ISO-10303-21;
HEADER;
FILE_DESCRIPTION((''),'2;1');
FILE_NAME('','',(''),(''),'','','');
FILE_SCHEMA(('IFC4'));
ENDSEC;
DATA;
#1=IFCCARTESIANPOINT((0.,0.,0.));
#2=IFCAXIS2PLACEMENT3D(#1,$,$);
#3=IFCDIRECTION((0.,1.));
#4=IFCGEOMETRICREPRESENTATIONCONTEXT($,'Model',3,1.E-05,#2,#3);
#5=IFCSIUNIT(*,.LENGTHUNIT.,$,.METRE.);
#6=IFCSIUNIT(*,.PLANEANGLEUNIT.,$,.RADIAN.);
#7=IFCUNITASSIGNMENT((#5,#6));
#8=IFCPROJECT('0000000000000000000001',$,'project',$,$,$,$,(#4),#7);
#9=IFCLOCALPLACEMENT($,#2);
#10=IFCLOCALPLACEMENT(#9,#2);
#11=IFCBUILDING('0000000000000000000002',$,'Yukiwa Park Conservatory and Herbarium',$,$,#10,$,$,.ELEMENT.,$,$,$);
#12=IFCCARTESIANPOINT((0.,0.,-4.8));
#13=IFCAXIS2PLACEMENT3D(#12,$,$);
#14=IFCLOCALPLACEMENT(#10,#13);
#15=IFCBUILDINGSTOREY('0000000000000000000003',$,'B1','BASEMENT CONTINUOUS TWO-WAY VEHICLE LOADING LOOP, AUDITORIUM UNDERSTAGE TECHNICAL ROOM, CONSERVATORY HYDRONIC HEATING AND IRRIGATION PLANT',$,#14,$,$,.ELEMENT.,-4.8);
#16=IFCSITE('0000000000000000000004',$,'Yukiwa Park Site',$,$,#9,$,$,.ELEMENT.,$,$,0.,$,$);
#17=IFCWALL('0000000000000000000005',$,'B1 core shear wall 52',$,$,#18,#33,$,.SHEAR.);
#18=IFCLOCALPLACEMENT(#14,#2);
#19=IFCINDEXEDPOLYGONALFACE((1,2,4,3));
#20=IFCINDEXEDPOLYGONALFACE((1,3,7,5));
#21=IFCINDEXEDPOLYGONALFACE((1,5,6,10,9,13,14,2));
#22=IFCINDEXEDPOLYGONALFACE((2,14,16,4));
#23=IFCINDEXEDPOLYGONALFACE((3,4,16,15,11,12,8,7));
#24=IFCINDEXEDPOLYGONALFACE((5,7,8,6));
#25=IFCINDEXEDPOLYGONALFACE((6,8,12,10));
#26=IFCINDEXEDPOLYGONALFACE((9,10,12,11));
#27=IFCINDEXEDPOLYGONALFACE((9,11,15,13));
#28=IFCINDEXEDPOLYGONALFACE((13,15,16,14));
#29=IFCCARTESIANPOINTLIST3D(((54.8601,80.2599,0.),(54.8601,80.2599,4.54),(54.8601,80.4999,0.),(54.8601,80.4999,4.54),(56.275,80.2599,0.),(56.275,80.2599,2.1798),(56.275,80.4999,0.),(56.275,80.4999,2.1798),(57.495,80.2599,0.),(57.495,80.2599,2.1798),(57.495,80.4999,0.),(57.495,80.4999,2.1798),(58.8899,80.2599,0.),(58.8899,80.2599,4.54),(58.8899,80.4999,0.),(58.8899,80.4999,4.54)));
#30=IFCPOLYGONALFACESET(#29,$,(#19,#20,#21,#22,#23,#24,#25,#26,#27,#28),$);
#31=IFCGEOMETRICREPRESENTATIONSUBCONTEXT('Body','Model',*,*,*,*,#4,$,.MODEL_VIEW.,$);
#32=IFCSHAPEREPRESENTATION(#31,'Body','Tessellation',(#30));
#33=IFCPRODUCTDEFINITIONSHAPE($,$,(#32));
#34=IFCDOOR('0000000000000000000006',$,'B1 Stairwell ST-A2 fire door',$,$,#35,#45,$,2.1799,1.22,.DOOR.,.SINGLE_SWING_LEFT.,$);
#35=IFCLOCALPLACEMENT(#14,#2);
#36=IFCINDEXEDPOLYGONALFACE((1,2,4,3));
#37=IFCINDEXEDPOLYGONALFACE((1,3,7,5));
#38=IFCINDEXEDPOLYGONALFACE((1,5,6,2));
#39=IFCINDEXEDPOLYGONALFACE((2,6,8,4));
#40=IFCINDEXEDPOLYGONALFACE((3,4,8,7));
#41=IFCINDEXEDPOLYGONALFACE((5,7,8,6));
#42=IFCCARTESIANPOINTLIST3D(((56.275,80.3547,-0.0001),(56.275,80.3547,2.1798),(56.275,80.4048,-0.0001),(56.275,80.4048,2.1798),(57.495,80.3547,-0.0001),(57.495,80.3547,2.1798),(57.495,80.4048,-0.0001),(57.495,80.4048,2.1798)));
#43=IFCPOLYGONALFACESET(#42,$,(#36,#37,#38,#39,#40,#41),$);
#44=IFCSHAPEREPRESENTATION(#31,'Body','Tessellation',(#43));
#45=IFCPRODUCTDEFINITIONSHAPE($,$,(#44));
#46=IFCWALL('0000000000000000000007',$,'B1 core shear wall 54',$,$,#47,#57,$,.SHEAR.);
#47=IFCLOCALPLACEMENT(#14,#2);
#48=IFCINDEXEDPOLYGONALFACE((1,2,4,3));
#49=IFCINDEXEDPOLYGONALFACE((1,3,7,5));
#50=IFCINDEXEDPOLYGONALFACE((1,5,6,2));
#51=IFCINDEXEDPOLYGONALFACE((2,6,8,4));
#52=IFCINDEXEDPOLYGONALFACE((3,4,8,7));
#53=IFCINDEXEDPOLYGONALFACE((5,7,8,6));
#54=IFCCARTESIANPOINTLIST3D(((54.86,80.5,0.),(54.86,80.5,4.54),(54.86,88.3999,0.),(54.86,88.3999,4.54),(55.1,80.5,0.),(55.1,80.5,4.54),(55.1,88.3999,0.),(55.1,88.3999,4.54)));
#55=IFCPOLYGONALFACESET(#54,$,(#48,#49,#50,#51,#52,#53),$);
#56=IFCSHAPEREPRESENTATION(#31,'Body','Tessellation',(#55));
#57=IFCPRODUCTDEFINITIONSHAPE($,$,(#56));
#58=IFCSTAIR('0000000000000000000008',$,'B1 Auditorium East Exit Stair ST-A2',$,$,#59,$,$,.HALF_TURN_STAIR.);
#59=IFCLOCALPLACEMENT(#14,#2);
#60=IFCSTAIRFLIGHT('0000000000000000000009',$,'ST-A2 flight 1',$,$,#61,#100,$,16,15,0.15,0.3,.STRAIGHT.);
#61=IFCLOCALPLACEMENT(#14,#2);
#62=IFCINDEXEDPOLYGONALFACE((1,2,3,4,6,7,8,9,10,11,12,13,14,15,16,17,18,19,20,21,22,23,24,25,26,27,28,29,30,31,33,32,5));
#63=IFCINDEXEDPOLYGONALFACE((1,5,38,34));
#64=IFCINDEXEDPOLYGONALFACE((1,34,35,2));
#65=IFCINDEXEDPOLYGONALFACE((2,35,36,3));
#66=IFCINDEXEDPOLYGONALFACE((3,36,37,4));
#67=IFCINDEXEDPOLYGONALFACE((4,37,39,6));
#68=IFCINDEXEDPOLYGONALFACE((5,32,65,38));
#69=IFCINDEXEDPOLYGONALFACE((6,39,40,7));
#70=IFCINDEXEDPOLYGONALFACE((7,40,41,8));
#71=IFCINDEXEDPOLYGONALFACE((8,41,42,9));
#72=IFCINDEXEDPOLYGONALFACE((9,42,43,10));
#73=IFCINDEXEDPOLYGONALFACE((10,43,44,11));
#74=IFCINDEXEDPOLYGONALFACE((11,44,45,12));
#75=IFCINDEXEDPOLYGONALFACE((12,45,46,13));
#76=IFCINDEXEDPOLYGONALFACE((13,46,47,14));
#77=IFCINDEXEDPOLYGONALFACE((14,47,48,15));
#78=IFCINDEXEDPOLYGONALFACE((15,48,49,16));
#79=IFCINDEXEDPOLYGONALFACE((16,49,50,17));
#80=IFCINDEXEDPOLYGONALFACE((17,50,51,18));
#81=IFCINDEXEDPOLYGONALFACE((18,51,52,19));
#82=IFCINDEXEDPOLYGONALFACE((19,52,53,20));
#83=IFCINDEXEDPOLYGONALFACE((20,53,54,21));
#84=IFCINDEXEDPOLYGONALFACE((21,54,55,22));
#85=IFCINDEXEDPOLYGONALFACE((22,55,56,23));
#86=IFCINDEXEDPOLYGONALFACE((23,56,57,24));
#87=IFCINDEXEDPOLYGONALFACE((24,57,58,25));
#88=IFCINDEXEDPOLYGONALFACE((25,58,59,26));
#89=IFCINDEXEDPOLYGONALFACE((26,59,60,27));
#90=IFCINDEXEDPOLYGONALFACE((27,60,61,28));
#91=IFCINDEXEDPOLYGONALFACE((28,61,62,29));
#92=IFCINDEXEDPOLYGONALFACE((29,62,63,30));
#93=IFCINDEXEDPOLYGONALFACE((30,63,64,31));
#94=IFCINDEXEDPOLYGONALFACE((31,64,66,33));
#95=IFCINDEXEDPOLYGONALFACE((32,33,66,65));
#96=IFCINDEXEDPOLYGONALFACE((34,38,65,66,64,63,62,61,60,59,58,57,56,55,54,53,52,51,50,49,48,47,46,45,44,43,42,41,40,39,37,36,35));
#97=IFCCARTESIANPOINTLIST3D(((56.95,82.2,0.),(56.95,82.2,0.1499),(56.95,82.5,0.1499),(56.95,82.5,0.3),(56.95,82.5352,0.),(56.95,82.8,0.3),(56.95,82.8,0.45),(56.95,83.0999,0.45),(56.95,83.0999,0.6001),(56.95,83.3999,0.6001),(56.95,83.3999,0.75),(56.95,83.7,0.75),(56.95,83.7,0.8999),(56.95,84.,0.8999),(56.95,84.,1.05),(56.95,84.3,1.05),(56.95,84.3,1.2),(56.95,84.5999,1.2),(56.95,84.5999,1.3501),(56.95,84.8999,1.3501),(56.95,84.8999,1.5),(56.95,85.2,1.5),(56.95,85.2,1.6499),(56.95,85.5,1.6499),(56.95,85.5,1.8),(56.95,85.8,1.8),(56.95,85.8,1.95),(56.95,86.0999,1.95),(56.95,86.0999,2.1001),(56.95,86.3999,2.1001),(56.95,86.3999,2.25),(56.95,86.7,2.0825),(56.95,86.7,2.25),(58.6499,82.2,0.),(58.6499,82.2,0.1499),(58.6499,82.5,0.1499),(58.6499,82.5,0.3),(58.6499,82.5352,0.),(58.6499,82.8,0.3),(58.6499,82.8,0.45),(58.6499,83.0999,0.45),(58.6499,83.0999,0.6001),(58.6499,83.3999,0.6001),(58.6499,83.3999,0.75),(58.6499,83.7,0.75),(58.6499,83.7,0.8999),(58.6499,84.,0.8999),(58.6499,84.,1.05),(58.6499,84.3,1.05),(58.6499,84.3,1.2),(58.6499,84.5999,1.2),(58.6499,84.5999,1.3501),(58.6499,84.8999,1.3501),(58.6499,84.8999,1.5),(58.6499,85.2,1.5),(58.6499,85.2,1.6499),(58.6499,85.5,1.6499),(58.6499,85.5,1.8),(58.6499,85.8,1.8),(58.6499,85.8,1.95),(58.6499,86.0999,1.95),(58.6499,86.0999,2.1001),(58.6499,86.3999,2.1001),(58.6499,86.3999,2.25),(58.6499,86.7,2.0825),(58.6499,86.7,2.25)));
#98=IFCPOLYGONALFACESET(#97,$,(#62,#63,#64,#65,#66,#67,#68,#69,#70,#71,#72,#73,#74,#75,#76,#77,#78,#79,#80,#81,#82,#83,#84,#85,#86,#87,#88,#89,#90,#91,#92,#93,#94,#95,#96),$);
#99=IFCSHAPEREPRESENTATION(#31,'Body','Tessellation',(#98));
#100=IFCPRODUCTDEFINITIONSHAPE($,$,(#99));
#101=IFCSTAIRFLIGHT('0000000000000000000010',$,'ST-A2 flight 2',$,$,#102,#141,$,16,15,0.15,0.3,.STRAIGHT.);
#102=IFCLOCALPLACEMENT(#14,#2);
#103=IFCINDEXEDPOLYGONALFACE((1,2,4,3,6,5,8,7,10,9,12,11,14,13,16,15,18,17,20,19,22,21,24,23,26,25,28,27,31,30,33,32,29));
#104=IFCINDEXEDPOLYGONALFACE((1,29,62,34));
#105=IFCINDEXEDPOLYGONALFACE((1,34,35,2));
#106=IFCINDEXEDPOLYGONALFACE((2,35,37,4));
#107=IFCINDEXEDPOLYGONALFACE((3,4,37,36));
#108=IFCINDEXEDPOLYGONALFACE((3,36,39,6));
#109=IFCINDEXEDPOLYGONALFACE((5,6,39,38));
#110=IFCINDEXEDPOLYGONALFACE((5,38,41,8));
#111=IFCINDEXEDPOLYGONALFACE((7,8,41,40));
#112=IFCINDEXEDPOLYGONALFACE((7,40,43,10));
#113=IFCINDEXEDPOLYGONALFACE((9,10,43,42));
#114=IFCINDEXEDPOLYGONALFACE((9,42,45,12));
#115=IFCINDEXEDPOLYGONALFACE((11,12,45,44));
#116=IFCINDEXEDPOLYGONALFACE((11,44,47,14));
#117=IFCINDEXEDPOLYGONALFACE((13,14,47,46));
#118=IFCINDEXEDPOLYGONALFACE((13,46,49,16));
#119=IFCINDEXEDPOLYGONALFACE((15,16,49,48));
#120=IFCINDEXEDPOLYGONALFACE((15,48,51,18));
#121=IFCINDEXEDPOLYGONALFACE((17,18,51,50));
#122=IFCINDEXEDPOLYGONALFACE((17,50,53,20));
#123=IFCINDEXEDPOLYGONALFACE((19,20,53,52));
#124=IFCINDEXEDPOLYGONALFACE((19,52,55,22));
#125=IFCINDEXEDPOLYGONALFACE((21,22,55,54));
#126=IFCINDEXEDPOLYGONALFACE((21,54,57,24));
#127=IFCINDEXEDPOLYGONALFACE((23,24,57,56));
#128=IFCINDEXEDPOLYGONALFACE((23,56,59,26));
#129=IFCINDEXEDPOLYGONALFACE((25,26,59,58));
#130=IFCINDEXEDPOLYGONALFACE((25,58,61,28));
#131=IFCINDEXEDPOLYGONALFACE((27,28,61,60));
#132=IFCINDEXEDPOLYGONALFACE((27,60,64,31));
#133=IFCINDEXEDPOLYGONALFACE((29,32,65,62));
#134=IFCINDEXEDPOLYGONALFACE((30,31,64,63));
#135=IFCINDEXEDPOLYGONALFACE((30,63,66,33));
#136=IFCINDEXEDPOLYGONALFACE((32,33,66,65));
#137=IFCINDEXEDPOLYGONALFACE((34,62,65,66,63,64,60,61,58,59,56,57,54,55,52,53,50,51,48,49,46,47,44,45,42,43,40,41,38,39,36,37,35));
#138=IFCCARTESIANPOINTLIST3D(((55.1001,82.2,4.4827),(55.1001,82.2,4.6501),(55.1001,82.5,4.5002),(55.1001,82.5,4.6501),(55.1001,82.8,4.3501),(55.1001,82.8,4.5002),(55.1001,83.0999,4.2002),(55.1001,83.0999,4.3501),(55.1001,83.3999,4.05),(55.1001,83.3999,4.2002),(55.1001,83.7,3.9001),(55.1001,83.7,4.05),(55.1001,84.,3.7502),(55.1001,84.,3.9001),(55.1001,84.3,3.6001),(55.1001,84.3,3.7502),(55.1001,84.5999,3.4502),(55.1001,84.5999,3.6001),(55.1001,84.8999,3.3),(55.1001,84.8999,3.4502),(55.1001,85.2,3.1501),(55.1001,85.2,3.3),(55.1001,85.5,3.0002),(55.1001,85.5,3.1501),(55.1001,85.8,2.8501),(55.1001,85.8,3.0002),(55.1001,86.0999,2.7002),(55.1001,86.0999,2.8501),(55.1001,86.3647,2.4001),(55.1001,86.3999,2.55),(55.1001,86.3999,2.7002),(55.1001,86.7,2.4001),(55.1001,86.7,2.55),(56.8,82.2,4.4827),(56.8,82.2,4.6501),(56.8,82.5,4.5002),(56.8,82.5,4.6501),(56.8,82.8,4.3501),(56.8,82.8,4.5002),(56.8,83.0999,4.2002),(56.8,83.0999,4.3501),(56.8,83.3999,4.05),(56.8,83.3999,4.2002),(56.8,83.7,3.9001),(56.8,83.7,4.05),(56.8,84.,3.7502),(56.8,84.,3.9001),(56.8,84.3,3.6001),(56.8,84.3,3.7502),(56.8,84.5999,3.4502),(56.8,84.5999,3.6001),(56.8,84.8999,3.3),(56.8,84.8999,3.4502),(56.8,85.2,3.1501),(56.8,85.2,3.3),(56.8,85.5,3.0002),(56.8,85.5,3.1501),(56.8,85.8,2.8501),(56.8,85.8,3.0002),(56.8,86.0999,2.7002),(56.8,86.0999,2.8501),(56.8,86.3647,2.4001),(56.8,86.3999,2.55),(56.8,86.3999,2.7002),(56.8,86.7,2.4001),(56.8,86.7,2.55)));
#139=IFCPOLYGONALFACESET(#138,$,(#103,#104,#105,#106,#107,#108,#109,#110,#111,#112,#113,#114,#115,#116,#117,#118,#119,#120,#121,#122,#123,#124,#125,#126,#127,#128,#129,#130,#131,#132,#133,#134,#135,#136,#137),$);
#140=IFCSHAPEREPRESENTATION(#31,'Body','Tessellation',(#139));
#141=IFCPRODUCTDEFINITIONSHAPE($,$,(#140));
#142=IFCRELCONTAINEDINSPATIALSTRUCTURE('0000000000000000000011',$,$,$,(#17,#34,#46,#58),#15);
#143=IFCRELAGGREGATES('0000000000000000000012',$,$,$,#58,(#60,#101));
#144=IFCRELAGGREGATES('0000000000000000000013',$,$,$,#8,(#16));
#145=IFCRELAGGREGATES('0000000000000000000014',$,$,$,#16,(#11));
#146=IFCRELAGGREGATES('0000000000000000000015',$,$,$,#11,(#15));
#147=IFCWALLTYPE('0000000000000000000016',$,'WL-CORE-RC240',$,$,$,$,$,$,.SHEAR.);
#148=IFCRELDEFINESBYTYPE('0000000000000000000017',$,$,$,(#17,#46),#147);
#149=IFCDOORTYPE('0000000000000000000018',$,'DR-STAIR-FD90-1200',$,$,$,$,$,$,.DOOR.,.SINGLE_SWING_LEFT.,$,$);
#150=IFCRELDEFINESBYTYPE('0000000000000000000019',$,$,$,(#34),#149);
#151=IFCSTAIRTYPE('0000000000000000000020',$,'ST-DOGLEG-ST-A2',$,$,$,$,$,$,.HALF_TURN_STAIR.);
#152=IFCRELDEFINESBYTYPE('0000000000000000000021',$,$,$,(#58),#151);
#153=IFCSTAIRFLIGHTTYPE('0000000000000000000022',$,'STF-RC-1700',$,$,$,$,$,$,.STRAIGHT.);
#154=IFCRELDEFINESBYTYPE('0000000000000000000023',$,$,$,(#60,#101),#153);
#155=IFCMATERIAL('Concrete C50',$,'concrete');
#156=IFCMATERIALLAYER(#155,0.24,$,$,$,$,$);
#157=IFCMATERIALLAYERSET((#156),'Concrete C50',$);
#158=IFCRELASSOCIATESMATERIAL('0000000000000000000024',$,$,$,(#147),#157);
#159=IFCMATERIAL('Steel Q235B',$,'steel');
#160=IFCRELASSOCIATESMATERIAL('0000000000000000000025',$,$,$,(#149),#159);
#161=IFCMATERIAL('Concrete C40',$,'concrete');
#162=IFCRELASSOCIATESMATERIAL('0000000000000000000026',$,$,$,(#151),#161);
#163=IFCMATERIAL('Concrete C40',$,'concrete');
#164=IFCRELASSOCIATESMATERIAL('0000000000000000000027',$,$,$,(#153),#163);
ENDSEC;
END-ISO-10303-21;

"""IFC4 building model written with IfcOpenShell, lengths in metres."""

from ifc_helpers import new_model, si_unit, direction, frame, frame_2d, origin, place, context, subcontext, project, spatial, polyline, rectangle, outline, extrude, material, layer, layer_set, type_object, element, fill, aggregate, save


model = new_model("IFC4")

# Units and contexts
model_context = context("Model", 3, precision=1e-05, world=origin(), true_north=direction((0.0, 1.0)))
body_context = subcontext(model_context, "Body", "Model", "MODEL_VIEW")
ifc_project = project(units=[si_unit("LENGTHUNIT", "METRE"), si_unit("PLANEANGLEUNIT", "RADIAN")], contexts=[model_context])

# Site, building, storey
site_placement = place(None, origin())
site = spatial("IfcSite", under=ifc_project, at=site_placement, Name="Yukiwa Park Site", CompositionType="ELEMENT", RefElevation=0.0)
building_placement = place(site_placement, origin())
building = spatial("IfcBuilding", under=site, at=building_placement, Name="Yukiwa Park Conservatory and Herbarium", CompositionType="ELEMENT")
storey_placement = place(building_placement, frame((0.0, 0.0, -4.8)))
storey = spatial("IfcBuildingStorey", under=building, at=storey_placement, Name="B1", Description="BASEMENT CONTINUOUS TWO-WAY VEHICLE LOADING LOOP, AUDITORIUM UNDERSTAGE TECHNICAL ROOM, CONSERVATORY HYDRONIC HEATING AND IRRIGATION PLANT", CompositionType="ELEMENT", Elevation=-4.8)

# Wall, opening, door
ifc_material_1 = material(Name="Concrete C50", Category="concrete")
ifc_layer_1 = layer(ifc_material_1, 0.24)
ifc_layer_set_1 = layer_set([ifc_layer_1], Name="Concrete C50")
wall_type_1 = type_object("IfcWallType", Name="WL-CORE-RC240", PredefinedType="SHEAR", material=ifc_layer_set_1)
wall_1_placement = place(storey_placement, frame((54.8601, 80.3799, 0.0), z_axis=(0.0, 0.0, 1.0), x_axis=(1.0, 0.0, 0.0)))
wall_1 = element("IfcWall", 1, at=wall_1_placement, inside=storey, type_object=wall_type_1, Name="B1 core shear wall 52", PredefinedType="SHEAR", context=body_context, shape_type="SweptSolid", body=[
    extrude(rectangle(XDim=4.0298, YDim=0.24, at=frame_2d((2.0149, 0.0))), origin(), (0.0, 0.0, 1.0), 4.54),
])
opening_placement = place(wall_1_placement, frame((1.415, 0.0, 0.0)))
opening = element("IfcOpeningElement", 2, at=opening_placement, cuts=wall_1, PredefinedType="OPENING", context=body_context, shape_type="SweptSolid", body=[
    extrude(rectangle(XDim=1.22, YDim=2.1799, at=frame_2d((0.6099, 1.0898))), frame((0.0, 0.1299, 0.0), z_axis=(0.0, -1.0, 0.0), x_axis=(1.0, 0.0, 0.0)), (0.0, 0.0, 1.0), 0.26),
])
ifc_material_2 = material(Name="Steel Q235B", Category="steel")
door_type = type_object("IfcDoorType", Name="DR-STAIR-FD90-1200", OperationType="SINGLE_SWING_LEFT", PredefinedType="DOOR", material=ifc_material_2)
door_placement = place(opening_placement, origin())
door = element("IfcDoor", 3, at=door_placement, inside=storey, type_object=door_type, Name="B1 Stairwell ST-A2 fire door", OperationType="SINGLE_SWING_LEFT", OverallHeight=2.1799, OverallWidth=1.22, PredefinedType="DOOR", context=body_context, shape_type="SweptSolid", body=[
    extrude(rectangle(XDim=1.22, YDim=2.1799, at=frame_2d((0.6099, 1.0898))), frame((0.0, 0.0249, 0.0), z_axis=(0.0, -1.0, 0.0), x_axis=(1.0, 0.0, 0.0)), (0.0, 0.0, 1.0), 0.05),
])
fill(opening, door)

# Wall
wall_2_placement = place(storey_placement, frame((54.98, 80.5, 0.0), z_axis=(0.0, 0.0, 1.0), x_axis=(0.0, 1.0, 0.0)))
element("IfcWall", 4, at=wall_2_placement, inside=storey, type_object=wall_type_1, Name="B1 core shear wall 54", PredefinedType="SHEAR", context=body_context, shape_type="SweptSolid", body=[
    extrude(rectangle(XDim=7.8999, YDim=0.24, at=frame_2d((3.95, 0.0))), origin(), (0.0, 0.0, 1.0), 4.54),
])

# Stair, stair flights
ifc_material_3 = material(Name="Concrete C40", Category="concrete")
stair_type = type_object("IfcStairType", Name="ST-DOGLEG-ST-A2", PredefinedType="HALF_TURN_STAIR", material=ifc_material_3)
stair_placement = place(storey_placement, origin())
stair = element("IfcStair", 5, at=stair_placement, inside=storey, type_object=stair_type, Name="B1 Auditorium East Exit Stair ST-A2", PredefinedType="HALF_TURN_STAIR")
ifc_material_4 = material(Name="Concrete C40", Category="concrete")
stair_flight_type = type_object("IfcStairFlightType", Name="STF-RC-1700", PredefinedType="STRAIGHT", material=ifc_material_4)
stair_flight_1_placement = place(storey_placement, frame((57.8, 82.2, 0.0), z_axis=(0.0, 0.0, 1.0), x_axis=(0.0, 1.0, 0.0)))
stair_flight_1 = element("IfcStairFlight", 6, at=stair_flight_1_placement, type_object=stair_flight_type, Name="ST-A2 flight 1", NumberOfRisers=16, NumberOfTreads=15, PredefinedType="STRAIGHT", RiserHeight=0.15, TreadLength=0.3, context=body_context, shape_type="SweptSolid", body=[
    extrude(outline(polyline([(0.0, 0.0), (0.0, 0.1499), (0.3, 0.1499), (0.3, 0.3), (0.6001, 0.3), (0.6001, 0.45), (0.8999, 0.45), (0.8999, 0.6001), (1.2, 0.6001), (1.2, 0.75), (1.5, 0.75), (1.5, 0.8999), (1.8, 0.8999), (1.8, 1.05), (2.1001, 1.05), (2.1001, 1.2), (2.3999, 1.2), (2.3999, 1.3501), (2.7, 1.3501), (2.7, 1.5), (3.0, 1.5), (3.0, 1.6499), (3.3, 1.6499), (3.3, 1.8), (3.6001, 1.8), (3.6001, 1.95), (3.8999, 1.95), (3.8999, 2.1001), (4.2, 2.1001), (4.2, 2.25), (4.5, 2.25), (4.5, 2.3999), (4.5, 2.0825), (0.3352, 0.0), (0.0, 0.0)])), frame((0.0, 0.8501, 0.0), z_axis=(0.0, -1.0, 0.0), x_axis=(1.0, 0.0, 0.0)), (0.0, 0.0, 1.0), 1.7),
])
stair_flight_2_placement = place(storey_placement, frame((55.95, 86.7, 2.4001), z_axis=(0.0, 0.0, 1.0), x_axis=(0.0, -1.0, 0.0)))
stair_flight_2 = element("IfcStairFlight", 7, at=stair_flight_2_placement, type_object=stair_flight_type, Name="ST-A2 flight 2", NumberOfRisers=16, NumberOfTreads=15, PredefinedType="STRAIGHT", RiserHeight=0.15, TreadLength=0.3, context=body_context, shape_type="SweptSolid", body=[
    extrude(outline(polyline([(0.0, 0.0), (0.0, 0.1499), (0.3, 0.1499), (0.3, 0.3), (0.6001, 0.3), (0.6001, 0.45), (0.8999, 0.45), (0.8999, 0.6001), (1.2, 0.6001), (1.2, 0.75), (1.5, 0.75), (1.5, 0.8999), (1.8, 0.8999), (1.8, 1.05), (2.1001, 1.05), (2.1001, 1.2), (2.3999, 1.2), (2.3999, 1.3501), (2.7, 1.3501), (2.7, 1.5), (3.0, 1.5), (3.0, 1.6499), (3.3, 1.6499), (3.3, 1.8), (3.6001, 1.8), (3.6001, 1.95), (3.8999, 1.95), (3.8999, 2.1001), (4.2, 2.1001), (4.2, 2.25), (4.5, 2.25), (4.5, 2.3999), (4.5, 2.0825), (0.3352, 0.0), (0.0, 0.0)])), frame((0.0, 0.8501, 0.0), z_axis=(0.0, -1.0, 0.0), x_axis=(1.0, 0.0, 0.0)), (0.0, 0.0, 1.0), 1.7),
])
aggregate(stair, [stair_flight_1, stair_flight_2])

save(model, "model.ifc")
